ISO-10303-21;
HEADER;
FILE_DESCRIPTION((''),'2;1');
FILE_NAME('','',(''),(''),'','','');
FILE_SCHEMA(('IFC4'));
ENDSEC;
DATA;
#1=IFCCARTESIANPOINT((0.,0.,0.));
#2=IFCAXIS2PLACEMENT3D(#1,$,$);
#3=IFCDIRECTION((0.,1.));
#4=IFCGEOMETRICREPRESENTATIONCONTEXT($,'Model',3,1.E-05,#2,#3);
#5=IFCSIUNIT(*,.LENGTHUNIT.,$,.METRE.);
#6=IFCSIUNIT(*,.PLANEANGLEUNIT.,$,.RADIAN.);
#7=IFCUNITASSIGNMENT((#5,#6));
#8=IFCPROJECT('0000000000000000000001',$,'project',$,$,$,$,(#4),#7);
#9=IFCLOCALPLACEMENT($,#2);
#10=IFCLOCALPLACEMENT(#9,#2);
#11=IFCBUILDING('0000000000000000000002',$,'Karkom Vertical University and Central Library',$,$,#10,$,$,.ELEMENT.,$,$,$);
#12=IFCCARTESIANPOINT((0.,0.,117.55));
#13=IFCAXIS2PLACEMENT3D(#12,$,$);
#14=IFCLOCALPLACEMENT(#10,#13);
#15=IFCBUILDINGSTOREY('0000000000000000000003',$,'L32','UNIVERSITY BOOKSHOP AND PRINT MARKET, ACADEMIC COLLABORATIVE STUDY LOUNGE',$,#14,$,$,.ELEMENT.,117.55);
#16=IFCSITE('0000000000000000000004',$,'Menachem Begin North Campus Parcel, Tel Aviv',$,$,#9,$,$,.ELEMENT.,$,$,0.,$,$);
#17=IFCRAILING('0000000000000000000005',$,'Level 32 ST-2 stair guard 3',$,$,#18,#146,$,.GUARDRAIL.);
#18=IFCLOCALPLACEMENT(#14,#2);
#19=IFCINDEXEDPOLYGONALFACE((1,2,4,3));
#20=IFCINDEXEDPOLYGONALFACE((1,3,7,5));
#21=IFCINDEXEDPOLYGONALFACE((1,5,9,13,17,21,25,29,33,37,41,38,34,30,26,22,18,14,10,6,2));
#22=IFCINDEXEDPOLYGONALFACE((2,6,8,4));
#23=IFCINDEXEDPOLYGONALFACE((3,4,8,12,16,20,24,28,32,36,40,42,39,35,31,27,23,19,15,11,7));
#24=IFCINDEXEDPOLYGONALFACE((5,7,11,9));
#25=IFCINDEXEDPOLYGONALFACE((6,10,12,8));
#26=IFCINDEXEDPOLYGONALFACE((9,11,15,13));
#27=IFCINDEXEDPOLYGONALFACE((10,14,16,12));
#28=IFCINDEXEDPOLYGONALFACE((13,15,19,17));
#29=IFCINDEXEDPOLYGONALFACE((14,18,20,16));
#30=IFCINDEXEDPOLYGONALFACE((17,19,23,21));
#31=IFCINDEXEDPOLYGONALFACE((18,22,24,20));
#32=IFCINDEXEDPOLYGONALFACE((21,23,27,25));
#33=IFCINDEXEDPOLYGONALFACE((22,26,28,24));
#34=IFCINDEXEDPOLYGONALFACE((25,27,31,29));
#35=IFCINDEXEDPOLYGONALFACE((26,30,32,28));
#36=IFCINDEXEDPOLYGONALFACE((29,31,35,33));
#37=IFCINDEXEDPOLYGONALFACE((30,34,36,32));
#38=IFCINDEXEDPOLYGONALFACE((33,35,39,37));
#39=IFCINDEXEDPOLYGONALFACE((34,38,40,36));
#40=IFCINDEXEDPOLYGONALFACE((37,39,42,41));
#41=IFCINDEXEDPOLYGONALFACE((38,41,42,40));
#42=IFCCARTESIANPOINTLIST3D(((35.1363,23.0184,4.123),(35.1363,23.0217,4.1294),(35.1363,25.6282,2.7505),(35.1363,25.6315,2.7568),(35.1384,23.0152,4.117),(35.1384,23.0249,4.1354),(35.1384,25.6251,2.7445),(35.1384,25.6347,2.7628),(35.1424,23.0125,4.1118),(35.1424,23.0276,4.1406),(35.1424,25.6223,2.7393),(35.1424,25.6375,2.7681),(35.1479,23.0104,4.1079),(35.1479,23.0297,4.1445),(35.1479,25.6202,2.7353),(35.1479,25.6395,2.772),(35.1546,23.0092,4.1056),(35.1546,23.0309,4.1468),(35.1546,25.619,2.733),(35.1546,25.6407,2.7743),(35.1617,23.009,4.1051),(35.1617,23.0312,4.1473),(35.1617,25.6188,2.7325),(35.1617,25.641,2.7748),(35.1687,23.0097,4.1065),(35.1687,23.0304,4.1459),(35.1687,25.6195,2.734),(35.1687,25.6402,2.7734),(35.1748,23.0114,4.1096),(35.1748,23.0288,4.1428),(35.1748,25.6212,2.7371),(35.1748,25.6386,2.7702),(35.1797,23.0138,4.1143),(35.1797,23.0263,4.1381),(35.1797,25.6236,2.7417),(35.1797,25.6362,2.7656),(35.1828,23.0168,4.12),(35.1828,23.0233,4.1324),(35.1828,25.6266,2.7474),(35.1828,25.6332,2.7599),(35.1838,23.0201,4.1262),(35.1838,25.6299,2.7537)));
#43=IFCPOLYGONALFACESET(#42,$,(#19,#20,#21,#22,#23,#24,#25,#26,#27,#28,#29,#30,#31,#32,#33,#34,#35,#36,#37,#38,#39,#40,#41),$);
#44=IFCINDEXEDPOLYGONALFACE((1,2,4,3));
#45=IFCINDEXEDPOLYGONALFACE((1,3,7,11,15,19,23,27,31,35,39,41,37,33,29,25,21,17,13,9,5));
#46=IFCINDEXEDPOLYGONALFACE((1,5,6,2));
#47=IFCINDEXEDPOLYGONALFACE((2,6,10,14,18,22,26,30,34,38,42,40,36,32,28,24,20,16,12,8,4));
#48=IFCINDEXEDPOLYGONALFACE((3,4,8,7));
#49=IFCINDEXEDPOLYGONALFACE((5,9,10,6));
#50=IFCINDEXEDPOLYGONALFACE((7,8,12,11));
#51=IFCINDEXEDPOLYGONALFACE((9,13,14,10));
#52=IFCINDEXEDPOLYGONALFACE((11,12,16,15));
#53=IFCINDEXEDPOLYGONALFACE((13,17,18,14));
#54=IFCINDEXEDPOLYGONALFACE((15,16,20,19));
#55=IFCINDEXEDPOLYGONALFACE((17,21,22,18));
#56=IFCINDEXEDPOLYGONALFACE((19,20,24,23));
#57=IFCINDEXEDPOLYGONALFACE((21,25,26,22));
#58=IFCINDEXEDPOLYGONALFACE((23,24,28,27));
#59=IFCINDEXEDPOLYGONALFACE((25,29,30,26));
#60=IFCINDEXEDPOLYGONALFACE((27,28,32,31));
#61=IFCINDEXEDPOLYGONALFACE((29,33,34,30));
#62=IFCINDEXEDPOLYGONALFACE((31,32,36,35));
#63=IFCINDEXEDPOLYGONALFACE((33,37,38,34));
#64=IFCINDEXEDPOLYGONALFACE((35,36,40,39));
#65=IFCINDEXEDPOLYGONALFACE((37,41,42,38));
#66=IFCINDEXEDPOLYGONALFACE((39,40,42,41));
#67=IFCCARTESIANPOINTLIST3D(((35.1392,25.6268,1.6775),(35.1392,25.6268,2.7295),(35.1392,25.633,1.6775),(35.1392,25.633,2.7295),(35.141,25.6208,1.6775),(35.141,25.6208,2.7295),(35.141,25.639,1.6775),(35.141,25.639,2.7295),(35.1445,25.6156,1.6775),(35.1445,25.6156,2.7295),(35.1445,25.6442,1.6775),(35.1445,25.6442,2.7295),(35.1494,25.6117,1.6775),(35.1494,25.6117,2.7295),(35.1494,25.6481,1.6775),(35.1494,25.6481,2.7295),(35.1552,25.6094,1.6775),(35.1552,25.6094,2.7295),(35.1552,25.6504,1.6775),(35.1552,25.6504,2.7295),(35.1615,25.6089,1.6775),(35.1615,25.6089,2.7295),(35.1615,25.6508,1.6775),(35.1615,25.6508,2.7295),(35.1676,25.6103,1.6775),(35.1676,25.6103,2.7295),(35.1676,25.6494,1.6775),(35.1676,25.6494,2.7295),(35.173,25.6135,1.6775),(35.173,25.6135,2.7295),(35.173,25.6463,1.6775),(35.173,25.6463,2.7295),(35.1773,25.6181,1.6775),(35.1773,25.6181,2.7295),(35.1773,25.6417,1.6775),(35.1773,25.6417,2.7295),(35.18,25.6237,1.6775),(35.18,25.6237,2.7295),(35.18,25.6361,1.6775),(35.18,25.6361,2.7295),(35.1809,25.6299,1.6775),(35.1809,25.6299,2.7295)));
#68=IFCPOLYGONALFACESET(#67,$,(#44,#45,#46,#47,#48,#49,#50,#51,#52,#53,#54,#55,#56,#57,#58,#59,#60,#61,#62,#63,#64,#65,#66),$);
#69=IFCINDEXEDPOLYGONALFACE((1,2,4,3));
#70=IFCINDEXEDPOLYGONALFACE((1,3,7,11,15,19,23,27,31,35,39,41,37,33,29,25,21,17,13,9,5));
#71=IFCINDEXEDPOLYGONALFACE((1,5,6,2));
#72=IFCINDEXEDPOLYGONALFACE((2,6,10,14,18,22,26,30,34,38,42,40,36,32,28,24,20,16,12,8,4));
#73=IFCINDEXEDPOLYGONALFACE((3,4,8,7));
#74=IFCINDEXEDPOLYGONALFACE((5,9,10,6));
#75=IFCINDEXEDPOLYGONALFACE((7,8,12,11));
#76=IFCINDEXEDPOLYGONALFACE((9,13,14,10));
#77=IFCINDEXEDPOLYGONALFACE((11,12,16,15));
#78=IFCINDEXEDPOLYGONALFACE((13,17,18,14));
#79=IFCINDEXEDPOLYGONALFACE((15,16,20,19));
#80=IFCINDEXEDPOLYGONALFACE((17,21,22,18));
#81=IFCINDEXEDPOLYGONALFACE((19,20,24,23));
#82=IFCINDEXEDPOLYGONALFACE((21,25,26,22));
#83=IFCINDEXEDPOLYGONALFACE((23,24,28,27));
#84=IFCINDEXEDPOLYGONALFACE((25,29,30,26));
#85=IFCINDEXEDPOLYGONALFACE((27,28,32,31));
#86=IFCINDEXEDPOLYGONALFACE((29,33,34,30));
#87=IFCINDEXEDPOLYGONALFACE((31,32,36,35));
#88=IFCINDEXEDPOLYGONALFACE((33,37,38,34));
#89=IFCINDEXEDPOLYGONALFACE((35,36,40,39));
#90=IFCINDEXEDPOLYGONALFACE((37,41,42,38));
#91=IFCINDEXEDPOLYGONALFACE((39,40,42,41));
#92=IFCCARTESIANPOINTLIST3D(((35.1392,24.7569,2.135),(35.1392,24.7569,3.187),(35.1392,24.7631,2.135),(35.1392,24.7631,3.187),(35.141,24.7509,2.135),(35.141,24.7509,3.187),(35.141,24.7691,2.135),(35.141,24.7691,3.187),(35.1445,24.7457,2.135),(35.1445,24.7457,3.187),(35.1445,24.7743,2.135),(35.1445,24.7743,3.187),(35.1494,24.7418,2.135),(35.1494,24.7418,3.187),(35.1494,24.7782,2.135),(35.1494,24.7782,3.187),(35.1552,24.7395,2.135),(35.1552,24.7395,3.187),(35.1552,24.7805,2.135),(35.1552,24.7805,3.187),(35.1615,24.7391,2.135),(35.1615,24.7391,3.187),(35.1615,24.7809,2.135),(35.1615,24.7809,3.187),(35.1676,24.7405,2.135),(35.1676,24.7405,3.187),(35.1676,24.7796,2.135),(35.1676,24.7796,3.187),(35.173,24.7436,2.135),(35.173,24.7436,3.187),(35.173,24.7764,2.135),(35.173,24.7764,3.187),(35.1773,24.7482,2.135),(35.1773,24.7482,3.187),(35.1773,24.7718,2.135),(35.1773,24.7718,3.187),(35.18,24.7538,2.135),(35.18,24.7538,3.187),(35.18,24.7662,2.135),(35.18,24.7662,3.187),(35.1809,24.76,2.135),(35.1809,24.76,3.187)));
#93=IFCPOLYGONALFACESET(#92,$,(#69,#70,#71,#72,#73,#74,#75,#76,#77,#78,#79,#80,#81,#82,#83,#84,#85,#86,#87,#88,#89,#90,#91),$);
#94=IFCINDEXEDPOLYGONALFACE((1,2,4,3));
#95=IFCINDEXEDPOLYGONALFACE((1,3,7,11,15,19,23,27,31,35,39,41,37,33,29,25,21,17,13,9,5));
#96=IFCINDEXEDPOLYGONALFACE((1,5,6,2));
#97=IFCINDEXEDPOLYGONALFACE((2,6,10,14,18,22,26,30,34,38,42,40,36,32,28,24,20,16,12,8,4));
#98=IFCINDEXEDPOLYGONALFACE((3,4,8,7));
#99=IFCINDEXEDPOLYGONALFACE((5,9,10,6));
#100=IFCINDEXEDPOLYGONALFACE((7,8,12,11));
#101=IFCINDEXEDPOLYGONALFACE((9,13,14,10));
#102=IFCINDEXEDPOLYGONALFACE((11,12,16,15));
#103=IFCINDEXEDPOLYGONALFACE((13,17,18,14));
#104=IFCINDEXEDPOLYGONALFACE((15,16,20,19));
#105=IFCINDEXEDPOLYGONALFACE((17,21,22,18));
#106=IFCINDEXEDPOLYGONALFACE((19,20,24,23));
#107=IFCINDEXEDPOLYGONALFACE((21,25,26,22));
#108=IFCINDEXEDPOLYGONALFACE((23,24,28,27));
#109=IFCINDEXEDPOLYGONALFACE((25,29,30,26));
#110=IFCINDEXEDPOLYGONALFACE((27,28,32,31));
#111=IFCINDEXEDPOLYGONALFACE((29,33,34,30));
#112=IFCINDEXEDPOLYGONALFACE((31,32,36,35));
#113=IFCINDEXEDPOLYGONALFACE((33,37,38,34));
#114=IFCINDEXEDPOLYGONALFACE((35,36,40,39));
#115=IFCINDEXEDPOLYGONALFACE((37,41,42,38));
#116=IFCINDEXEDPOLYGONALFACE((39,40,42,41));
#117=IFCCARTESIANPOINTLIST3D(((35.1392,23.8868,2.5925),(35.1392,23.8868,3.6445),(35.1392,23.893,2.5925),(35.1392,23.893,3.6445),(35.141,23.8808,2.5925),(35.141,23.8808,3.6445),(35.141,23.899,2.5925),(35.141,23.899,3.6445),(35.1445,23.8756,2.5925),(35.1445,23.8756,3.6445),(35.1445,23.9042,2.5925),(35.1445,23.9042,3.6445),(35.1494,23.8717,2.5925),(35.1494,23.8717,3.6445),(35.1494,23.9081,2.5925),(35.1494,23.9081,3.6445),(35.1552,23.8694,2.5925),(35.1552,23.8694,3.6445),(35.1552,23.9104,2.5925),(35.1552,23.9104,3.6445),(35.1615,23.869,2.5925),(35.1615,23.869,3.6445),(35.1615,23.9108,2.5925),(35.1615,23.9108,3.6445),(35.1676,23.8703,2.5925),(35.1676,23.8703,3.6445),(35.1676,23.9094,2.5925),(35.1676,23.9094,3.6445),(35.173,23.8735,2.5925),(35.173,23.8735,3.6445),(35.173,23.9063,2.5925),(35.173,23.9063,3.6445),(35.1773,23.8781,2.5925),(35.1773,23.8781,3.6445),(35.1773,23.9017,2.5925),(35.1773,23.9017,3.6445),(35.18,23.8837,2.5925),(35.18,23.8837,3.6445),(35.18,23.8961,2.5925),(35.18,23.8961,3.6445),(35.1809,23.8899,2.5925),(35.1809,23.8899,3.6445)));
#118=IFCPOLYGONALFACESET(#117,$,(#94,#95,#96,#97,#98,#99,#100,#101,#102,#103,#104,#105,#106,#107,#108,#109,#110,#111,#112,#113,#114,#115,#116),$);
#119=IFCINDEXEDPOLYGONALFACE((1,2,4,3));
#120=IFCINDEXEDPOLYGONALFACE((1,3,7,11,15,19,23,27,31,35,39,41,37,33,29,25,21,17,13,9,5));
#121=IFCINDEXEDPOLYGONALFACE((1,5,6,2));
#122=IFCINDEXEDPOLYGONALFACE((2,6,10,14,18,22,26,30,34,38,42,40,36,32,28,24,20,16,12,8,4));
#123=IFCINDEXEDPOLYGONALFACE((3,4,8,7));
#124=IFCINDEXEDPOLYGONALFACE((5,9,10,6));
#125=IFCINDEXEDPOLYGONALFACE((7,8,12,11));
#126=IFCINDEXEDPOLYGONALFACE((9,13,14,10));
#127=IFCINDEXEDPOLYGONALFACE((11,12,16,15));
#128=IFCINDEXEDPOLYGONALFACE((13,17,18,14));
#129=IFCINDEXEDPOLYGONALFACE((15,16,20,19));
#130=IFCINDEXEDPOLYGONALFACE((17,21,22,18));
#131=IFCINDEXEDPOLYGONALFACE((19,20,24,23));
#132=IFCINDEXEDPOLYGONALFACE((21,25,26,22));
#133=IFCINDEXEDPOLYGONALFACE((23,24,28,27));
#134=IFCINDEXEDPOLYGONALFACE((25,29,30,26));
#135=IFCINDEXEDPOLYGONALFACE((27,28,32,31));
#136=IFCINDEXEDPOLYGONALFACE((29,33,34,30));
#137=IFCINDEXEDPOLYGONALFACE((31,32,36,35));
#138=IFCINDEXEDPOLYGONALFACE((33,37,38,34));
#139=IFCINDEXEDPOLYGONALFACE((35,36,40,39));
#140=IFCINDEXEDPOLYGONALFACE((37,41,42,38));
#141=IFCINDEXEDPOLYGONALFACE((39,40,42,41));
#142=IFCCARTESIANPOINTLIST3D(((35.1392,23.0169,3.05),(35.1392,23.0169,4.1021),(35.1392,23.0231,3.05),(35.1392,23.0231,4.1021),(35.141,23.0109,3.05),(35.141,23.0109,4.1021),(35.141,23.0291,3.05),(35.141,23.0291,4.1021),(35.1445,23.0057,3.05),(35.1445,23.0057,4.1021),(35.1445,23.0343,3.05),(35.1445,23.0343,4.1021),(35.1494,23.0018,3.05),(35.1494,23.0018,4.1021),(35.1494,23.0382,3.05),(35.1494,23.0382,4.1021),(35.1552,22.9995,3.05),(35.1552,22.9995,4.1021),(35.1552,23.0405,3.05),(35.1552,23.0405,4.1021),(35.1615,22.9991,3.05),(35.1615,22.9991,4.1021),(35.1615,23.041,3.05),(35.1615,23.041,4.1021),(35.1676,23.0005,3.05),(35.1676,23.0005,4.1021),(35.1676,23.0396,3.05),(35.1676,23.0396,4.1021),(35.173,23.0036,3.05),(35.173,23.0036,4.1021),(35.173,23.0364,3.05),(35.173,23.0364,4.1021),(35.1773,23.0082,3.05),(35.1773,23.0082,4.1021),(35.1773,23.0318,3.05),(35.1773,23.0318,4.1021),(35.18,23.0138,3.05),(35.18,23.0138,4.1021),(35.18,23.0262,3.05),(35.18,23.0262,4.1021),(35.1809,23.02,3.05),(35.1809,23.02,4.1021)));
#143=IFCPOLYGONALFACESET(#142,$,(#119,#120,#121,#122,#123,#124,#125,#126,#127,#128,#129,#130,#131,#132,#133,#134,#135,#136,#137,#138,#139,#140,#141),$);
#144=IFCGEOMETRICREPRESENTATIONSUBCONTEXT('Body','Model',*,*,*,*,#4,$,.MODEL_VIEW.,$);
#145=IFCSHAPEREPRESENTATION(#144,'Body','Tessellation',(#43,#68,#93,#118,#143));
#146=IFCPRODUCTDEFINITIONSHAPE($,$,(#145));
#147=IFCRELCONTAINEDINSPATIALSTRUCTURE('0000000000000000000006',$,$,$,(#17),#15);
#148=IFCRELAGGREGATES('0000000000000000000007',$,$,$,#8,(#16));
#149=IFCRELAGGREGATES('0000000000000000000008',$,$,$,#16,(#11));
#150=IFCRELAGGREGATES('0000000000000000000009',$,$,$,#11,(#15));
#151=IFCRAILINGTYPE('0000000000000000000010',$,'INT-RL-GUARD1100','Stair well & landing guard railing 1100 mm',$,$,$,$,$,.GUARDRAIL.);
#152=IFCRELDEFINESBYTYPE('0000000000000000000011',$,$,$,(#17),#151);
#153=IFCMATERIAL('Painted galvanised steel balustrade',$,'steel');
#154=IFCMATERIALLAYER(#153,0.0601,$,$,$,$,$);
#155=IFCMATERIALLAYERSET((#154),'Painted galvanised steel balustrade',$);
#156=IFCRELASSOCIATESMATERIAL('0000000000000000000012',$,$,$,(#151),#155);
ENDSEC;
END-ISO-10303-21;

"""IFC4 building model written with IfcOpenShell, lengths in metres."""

from ifc_helpers import new_model, si_unit, direction, frame, origin, origin_2d, place, context, subcontext, project, spatial, circle, extrude, material, layer, layer_set, type_object, element, save


model = new_model("IFC4")

# Units and contexts
model_context = context("Model", 3, precision=1e-05, world=origin(), true_north=direction((0.0, 1.0)))
body_context = subcontext(model_context, "Body", "Model", "MODEL_VIEW")
ifc_project = project(units=[si_unit("LENGTHUNIT", "METRE"), si_unit("PLANEANGLEUNIT", "RADIAN")], contexts=[model_context])

# Site, building, storey
site_placement = place(None, origin())
site = spatial("IfcSite", under=ifc_project, at=site_placement, Name="Menachem Begin North Campus Parcel, Tel Aviv", CompositionType="ELEMENT", RefElevation=0.0)
building_placement = place(site_placement, origin())
building = spatial("IfcBuilding", under=site, at=building_placement, Name="Karkom Vertical University and Central Library", CompositionType="ELEMENT")
storey_placement = place(building_placement, frame((0.0, 0.0, 117.55)))
storey = spatial("IfcBuildingStorey", under=building, at=storey_placement, Name="L32", Description="UNIVERSITY BOOKSHOP AND PRINT MARKET, ACADEMIC COLLABORATIVE STUDY LOUNGE", CompositionType="ELEMENT", Elevation=117.55)

# Railing
ifc_material_1 = material(Name="Painted galvanised steel balustrade", Category="steel")
ifc_layer_1 = layer(ifc_material_1, 0.0601)
ifc_layer_set_1 = layer_set([ifc_layer_1], Name="Painted galvanised steel balustrade")
railing_type_1 = type_object("IfcRailingType", Name="INT-RL-GUARD1100", Description="Stair well & landing guard railing 1100 mm", PredefinedType="GUARDRAIL", material=ifc_layer_set_1)
railing_1_placement = place(storey_placement, frame((35.1599, 25.6299, 1.6775)))
element("IfcRailing", 1, at=railing_1_placement, inside=storey, type_object=railing_type_1, Name="Level 32 ST-2 stair guard 3", PredefinedType="GUARDRAIL", context=body_context, shape_type="SweptSolid", body=[
    extrude(circle(Radius=0.0239, at=origin_2d()), frame((0.0, 0.0, 1.0762), z_axis=(0.0, -0.885065, 0.465467), x_axis=(1.0, 0.0, 0.0)), (0.0, 0.0, 1.0), 2.9487),
    extrude(circle(Radius=0.021, at=origin_2d()), origin(), (0.0, 0.0, 1.0), 1.052),
    extrude(circle(Radius=0.021, at=origin_2d()), frame((0.0, -0.8699, 0.4575)), (0.0, 0.0, 1.0), 1.052),
    extrude(circle(Radius=0.021, at=origin_2d()), frame((0.0, -1.74, 0.915)), (0.0, 0.0, 1.0), 1.052),
    extrude(circle(Radius=0.021, at=origin_2d()), frame((0.0, -2.6099, 1.3726)), (0.0, 0.0, 1.0), 1.052),
])

save(model, "model.ifc")
